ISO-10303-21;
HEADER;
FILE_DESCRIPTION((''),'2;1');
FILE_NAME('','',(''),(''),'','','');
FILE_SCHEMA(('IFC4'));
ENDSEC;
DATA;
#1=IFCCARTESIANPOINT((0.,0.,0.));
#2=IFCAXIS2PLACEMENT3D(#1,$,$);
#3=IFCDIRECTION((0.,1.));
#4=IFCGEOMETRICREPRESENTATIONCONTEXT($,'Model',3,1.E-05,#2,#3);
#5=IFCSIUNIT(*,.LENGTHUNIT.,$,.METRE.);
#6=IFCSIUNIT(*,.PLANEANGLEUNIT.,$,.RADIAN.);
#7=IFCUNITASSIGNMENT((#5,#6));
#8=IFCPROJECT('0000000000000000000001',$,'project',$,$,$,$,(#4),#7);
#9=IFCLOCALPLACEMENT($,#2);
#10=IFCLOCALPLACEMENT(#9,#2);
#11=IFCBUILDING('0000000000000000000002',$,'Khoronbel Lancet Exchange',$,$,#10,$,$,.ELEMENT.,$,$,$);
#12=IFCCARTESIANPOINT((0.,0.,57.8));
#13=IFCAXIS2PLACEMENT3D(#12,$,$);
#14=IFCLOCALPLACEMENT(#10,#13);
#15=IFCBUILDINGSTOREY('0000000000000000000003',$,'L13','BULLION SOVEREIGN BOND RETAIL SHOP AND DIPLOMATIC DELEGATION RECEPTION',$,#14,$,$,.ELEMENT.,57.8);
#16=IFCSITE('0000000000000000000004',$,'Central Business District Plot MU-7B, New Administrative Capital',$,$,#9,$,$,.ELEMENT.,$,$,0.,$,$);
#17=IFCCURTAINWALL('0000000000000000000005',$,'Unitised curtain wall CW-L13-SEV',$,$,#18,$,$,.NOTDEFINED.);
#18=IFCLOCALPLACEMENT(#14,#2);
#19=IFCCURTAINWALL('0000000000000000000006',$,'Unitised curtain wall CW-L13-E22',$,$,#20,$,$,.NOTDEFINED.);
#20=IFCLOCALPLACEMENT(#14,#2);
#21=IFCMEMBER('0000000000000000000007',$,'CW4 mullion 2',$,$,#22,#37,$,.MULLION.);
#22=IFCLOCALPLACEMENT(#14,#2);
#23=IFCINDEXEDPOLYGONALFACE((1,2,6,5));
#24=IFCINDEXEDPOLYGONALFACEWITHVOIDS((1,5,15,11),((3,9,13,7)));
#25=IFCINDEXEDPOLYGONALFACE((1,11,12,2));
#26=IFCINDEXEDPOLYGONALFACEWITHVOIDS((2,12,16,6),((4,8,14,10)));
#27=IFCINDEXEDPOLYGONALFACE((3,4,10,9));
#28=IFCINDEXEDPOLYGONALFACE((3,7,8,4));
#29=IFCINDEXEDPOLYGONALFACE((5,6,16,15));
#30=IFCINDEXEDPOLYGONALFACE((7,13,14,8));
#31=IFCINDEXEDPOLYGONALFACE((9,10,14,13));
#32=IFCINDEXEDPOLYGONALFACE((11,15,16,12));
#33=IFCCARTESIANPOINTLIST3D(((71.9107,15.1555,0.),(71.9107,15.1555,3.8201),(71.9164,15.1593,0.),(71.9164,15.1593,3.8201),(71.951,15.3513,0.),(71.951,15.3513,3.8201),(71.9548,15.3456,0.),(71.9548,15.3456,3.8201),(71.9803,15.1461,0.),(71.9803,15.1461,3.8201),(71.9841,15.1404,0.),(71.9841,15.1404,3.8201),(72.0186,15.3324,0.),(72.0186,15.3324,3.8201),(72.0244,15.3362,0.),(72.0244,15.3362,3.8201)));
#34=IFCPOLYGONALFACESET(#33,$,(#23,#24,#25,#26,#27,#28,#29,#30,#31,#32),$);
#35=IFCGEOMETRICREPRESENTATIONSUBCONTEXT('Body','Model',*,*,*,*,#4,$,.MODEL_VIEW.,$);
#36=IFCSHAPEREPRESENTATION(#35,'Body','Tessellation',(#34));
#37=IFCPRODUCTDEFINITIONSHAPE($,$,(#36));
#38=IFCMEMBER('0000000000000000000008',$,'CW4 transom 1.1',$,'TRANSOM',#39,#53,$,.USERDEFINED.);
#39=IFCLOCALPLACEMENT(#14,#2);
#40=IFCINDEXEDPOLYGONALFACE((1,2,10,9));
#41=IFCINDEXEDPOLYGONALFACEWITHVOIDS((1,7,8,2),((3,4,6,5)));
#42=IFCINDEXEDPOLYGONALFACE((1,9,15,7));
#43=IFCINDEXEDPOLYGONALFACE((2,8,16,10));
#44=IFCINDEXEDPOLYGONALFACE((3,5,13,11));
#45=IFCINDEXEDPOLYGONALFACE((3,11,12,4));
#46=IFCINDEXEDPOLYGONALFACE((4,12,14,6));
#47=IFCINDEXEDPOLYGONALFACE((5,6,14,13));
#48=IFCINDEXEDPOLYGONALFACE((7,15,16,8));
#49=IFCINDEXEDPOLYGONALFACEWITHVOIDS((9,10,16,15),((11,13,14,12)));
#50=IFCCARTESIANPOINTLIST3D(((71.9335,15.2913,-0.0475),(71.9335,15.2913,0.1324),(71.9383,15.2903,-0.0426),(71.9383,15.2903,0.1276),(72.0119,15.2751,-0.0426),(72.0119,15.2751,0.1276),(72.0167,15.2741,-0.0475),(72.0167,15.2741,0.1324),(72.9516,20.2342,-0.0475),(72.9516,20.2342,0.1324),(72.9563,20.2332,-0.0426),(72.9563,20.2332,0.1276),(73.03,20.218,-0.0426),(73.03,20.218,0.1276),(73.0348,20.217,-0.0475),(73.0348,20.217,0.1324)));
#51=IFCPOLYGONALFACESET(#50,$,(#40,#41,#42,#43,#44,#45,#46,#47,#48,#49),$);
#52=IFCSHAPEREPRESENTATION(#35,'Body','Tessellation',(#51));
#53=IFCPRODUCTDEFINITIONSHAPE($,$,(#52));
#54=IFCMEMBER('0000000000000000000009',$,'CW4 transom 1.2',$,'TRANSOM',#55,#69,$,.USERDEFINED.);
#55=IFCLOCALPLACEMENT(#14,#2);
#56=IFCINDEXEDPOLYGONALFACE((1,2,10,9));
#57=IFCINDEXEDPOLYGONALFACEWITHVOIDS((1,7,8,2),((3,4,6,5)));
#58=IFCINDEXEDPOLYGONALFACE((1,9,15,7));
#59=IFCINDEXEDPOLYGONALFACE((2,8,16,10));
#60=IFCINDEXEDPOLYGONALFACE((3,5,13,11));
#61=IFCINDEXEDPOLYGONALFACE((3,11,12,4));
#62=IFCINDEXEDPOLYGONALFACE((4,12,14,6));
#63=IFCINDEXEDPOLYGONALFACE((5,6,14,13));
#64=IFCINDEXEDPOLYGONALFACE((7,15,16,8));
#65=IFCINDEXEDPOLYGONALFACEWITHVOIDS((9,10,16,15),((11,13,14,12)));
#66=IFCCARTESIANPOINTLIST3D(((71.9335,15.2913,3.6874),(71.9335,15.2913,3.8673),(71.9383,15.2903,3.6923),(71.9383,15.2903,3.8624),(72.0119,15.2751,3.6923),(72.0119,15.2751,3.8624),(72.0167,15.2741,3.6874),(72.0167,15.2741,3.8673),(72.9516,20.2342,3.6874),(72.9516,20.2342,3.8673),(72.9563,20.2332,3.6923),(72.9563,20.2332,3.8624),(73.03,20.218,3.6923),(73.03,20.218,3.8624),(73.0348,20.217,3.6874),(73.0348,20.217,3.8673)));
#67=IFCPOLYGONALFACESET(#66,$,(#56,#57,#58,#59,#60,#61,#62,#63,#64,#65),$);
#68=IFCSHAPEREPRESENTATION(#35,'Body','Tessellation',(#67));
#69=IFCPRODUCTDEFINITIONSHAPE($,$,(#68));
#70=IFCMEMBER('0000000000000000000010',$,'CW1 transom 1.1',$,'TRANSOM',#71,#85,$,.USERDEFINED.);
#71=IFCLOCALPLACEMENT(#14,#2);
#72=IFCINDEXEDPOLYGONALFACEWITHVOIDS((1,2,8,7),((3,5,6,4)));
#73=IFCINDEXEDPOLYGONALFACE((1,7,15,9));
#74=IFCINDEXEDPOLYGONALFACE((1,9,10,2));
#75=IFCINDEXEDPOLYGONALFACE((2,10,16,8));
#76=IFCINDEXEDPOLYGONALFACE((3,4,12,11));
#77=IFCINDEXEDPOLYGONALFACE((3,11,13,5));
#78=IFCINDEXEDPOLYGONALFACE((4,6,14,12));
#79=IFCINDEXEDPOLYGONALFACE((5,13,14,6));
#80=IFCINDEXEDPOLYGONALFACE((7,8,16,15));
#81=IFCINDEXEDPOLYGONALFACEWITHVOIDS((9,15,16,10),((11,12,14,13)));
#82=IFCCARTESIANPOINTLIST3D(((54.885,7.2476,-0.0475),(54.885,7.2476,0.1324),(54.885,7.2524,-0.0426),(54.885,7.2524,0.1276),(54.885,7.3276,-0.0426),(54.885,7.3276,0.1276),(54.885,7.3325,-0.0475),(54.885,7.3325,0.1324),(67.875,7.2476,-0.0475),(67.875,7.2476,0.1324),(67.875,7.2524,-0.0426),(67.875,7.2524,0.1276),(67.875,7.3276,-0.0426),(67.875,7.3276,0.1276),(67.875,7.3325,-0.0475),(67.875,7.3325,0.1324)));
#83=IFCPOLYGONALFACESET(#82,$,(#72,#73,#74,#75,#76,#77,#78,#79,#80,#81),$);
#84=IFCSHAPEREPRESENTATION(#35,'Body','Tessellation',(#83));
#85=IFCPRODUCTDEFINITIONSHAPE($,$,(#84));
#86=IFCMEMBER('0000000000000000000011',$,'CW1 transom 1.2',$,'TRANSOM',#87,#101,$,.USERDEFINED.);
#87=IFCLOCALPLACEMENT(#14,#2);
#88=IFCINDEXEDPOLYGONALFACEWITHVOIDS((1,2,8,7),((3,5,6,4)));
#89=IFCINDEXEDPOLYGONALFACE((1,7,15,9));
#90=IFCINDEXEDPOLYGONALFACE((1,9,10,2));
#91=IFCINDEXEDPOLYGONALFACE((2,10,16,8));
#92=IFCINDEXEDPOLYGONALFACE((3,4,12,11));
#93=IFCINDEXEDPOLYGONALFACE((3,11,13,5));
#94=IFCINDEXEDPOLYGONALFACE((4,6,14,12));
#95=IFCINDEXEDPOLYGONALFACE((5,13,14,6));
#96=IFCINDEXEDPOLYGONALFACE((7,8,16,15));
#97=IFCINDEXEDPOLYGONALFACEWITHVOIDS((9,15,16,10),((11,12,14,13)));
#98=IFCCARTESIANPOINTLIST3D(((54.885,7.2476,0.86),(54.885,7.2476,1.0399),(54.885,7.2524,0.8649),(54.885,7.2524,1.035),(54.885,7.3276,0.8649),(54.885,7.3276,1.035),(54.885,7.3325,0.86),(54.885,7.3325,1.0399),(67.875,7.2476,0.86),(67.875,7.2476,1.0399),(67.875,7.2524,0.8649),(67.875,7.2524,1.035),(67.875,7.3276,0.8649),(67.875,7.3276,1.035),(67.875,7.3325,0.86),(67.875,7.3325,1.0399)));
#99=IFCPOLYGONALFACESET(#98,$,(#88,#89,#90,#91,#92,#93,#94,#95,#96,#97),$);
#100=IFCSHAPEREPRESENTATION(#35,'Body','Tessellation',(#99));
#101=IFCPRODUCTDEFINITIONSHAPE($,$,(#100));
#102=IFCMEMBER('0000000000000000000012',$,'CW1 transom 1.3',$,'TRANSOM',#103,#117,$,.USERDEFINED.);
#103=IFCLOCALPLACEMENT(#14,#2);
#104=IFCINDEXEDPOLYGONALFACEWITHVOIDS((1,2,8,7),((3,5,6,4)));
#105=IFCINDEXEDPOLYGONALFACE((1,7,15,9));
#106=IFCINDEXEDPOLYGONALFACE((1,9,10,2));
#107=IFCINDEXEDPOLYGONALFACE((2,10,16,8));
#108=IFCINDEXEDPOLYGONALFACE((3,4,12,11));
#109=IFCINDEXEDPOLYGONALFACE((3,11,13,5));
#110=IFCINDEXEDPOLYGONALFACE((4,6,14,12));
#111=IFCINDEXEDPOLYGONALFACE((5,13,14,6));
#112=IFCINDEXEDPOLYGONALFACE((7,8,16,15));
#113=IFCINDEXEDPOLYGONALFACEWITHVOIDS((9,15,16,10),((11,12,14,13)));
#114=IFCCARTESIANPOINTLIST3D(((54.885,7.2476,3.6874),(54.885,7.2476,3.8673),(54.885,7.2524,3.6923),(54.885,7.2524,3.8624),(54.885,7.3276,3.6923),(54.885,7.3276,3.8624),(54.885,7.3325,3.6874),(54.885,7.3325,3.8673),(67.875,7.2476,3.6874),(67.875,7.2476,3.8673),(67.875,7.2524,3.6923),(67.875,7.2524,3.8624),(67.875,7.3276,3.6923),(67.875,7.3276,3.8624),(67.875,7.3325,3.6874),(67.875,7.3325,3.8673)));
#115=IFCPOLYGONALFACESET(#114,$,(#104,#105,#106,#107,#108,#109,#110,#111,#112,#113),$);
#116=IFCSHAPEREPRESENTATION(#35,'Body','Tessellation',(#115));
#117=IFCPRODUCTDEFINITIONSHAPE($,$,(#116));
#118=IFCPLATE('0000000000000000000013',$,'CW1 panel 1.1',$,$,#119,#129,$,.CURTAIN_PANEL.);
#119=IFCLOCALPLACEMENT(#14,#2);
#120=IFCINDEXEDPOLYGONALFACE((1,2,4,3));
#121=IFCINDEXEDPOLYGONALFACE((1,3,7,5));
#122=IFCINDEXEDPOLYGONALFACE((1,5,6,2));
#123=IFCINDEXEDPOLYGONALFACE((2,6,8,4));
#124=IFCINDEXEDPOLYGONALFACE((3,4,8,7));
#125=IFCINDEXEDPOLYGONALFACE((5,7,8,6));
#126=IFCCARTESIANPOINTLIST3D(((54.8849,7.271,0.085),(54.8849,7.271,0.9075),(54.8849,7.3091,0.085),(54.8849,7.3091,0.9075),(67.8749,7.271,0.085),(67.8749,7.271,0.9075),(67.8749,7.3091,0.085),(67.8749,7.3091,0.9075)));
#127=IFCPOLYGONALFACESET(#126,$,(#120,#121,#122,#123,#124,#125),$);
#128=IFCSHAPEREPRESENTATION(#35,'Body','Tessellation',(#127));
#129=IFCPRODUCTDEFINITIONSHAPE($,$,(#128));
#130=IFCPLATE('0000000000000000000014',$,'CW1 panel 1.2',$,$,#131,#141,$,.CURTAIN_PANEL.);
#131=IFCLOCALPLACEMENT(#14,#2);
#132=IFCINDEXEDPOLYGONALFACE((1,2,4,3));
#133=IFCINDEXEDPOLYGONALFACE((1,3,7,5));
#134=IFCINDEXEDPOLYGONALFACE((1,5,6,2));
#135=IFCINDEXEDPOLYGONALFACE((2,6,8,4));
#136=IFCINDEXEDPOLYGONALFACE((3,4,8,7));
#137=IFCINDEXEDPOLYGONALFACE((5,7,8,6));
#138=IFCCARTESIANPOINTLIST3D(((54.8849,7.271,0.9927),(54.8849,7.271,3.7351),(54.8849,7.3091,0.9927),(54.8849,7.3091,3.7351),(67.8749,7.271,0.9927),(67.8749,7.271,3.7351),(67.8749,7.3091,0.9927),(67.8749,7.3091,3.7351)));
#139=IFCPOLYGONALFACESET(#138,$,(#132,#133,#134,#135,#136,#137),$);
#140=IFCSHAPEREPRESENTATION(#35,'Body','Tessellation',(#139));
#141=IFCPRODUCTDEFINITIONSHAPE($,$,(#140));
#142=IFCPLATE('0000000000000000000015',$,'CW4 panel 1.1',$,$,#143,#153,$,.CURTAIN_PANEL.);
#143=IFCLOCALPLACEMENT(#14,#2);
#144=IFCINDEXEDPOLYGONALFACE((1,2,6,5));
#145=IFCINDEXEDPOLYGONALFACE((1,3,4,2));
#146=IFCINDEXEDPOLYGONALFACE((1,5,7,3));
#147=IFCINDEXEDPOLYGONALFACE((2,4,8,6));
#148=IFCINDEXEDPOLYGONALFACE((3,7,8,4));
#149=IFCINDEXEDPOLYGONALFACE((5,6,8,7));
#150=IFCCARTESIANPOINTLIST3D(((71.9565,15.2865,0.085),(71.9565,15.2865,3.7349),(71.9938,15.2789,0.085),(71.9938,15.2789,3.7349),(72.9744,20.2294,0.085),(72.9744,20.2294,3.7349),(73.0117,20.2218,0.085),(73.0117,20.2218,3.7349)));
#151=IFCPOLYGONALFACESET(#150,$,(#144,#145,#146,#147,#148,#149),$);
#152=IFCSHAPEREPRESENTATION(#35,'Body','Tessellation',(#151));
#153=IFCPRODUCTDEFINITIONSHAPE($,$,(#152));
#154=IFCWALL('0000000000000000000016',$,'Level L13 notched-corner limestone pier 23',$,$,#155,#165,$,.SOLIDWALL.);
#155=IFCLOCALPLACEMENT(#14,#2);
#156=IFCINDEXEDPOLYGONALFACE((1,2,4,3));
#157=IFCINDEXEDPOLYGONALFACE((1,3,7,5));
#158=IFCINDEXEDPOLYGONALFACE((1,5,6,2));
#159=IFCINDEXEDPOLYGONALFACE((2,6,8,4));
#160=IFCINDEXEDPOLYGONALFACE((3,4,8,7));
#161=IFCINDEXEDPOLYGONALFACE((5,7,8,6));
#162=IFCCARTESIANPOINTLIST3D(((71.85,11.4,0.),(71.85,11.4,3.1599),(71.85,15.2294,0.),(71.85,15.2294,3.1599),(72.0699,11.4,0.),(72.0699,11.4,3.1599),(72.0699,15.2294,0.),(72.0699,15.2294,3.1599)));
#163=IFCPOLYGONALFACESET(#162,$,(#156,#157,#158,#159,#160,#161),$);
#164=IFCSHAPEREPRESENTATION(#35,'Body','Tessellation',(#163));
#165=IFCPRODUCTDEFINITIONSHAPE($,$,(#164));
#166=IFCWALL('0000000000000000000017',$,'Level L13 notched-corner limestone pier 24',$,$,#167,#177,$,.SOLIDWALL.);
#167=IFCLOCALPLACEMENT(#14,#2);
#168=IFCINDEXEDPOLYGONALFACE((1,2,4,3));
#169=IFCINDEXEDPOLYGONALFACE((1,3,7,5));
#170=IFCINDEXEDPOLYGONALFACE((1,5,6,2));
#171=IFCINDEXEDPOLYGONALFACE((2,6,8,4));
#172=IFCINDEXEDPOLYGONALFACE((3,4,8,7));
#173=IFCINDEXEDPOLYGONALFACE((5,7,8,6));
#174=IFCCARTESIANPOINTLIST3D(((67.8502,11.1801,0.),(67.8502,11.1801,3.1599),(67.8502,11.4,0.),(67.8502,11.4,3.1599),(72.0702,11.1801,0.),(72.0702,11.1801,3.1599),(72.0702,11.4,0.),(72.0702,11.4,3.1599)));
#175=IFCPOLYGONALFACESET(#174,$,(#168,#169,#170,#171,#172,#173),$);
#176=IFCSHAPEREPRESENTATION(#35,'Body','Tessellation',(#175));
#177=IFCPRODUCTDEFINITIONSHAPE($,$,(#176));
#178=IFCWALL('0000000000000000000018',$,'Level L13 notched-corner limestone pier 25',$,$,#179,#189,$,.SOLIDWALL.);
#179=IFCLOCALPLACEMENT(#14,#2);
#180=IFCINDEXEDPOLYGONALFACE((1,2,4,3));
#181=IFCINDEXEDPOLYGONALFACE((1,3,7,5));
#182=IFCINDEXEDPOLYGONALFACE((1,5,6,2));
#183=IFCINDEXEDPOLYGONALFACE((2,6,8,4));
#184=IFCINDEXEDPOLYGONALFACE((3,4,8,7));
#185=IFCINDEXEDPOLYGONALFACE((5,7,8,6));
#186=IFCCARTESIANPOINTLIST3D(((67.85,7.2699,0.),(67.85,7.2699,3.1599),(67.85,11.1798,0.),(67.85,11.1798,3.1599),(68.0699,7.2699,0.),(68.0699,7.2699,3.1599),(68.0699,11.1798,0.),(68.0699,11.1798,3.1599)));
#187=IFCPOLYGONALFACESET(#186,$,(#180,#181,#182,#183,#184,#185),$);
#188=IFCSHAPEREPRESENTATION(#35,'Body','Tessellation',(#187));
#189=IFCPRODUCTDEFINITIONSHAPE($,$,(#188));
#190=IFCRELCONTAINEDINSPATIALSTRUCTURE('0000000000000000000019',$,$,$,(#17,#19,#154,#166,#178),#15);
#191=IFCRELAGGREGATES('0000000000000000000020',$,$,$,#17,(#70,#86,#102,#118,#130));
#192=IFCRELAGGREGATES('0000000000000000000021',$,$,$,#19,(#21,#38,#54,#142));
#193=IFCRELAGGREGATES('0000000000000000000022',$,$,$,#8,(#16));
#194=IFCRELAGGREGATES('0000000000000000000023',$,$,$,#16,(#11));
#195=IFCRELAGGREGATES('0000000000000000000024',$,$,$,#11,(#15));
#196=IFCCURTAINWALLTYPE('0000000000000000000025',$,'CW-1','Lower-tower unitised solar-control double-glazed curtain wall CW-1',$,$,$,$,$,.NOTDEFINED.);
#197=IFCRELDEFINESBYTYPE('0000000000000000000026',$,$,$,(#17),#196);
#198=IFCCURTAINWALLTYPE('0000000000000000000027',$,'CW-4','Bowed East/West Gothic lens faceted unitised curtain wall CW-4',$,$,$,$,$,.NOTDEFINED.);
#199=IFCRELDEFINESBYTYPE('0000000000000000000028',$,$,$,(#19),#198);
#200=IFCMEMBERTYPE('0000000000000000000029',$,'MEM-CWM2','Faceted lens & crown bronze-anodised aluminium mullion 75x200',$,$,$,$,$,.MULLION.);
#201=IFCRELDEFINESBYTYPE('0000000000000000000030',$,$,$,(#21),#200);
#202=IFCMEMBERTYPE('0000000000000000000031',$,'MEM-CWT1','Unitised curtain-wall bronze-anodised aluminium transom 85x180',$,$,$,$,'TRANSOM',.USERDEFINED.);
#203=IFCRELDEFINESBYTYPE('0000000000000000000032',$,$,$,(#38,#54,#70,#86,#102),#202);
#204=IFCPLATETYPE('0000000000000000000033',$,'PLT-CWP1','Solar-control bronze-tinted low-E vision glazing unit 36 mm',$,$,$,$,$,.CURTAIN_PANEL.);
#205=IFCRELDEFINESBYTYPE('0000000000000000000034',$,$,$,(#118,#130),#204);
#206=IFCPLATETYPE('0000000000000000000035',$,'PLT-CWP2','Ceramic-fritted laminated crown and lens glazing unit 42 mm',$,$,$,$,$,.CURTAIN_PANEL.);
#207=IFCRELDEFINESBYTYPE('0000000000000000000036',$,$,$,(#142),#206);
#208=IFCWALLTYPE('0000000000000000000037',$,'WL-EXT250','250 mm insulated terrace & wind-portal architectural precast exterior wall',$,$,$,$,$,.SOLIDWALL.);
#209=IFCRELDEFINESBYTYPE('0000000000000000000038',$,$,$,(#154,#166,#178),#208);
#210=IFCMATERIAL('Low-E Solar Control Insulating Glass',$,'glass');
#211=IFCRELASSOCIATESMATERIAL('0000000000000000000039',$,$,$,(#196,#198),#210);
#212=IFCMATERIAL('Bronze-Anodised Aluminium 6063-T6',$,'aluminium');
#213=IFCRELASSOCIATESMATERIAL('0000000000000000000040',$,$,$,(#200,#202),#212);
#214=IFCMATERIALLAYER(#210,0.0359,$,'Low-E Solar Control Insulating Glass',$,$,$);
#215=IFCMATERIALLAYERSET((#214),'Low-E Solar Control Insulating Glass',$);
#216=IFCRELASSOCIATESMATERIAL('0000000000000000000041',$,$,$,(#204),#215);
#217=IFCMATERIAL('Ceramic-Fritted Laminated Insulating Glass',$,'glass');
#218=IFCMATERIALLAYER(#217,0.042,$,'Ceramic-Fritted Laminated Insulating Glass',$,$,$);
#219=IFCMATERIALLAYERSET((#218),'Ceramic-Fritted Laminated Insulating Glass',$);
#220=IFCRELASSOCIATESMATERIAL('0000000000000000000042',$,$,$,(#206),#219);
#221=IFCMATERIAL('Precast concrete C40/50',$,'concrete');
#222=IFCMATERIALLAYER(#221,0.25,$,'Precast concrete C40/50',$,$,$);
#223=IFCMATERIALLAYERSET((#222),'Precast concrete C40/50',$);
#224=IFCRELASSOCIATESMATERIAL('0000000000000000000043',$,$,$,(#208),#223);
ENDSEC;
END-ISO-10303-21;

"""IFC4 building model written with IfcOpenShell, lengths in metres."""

from ifc_helpers import new_model, si_unit, direction, frame, frame_2d, origin, origin_2d, place, context, subcontext, project, spatial, rectangle, hollow_rectangle, extrude, material, layer, layer_set, material_profile, profile_set, type_object, element, aggregate, save


model = new_model("IFC4")

# Units and contexts
model_context = context("Model", 3, precision=1e-05, world=origin(), true_north=direction((0.0, 1.0)))
body_context = subcontext(model_context, "Body", "Model", "MODEL_VIEW")
ifc_project = project(units=[si_unit("LENGTHUNIT", "METRE"), si_unit("PLANEANGLEUNIT", "RADIAN")], contexts=[model_context])

# Site, building, storey
site_placement = place(None, origin())
site = spatial("IfcSite", under=ifc_project, at=site_placement, Name="Central Business District Plot MU-7B, New Administrative Capital", CompositionType="ELEMENT", RefElevation=0.0)
building_placement = place(site_placement, origin())
building = spatial("IfcBuilding", under=site, at=building_placement, Name="Khoronbel Lancet Exchange", CompositionType="ELEMENT")
storey_placement = place(building_placement, frame((0.0, 0.0, 57.8)))
storey = spatial("IfcBuildingStorey", under=building, at=storey_placement, Name="L13", Description="BULLION SOVEREIGN BOND RETAIL SHOP AND DIPLOMATIC DELEGATION RECEPTION", CompositionType="ELEMENT", Elevation=57.8)

# Shared definitions
ifc_material_1 = material(Name="Low-E Solar Control Insulating Glass", Category="glass")
curtain_wall_type_1 = type_object("IfcCurtainWallType", Name="CW-1", Description="Lower-tower unitised solar-control double-glazed curtain wall CW-1", PredefinedType="NOTDEFINED", material=ifc_material_1)
ifc_material_2 = material(Name="Bronze-Anodised Aluminium 6063-T6", Category="aluminium")

# Curtain wall
curtain_wall_1_placement = place(storey_placement, origin())
curtain_wall_1 = element("IfcCurtainWall", 1, at=curtain_wall_1_placement, inside=storey, type_object=curtain_wall_type_1, Name="Unitised curtain wall CW-L13-SEV", PredefinedType="NOTDEFINED")

# Shared definitions
curtain_wall_type_2 = type_object("IfcCurtainWallType", Name="CW-4", Description="Bowed East/West Gothic lens faceted unitised curtain wall CW-4", PredefinedType="NOTDEFINED", material=ifc_material_1)
ifc_material_profile_1 = material_profile(ifc_material_2, hollow_rectangle(XDim=0.075, YDim=0.2, WallThickness=0.0049, at=origin_2d()), Name="ALU MULLION 75x200")
ifc_profile_set_1 = profile_set([ifc_material_profile_1], Name="Bronze-Anodised Aluminium 6063-T6")
member_type_1 = type_object("IfcMemberType", Name="MEM-CWM2", Description="Faceted lens & crown bronze-anodised aluminium mullion 75x200", PredefinedType="MULLION", material=ifc_profile_set_1)

# Curtain wall, members
curtain_wall_2_placement = place(storey_placement, origin())
curtain_wall_2 = element("IfcCurtainWall", 2, at=curtain_wall_2_placement, inside=storey, type_object=curtain_wall_type_2, Name="Unitised curtain wall CW-L13-E22", PredefinedType="NOTDEFINED")
member_1_placement = place(storey_placement, frame((71.9675, 15.2458, 0.0), z_axis=(0.0, 0.0, 1.0), x_axis=(0.979446, -0.201705, 0.0)))
member_1 = element("IfcMember", 3, at=member_1_placement, type_object=member_type_1, Name="CW4 mullion 2", PredefinedType="MULLION", context=body_context, shape_type="SweptSolid", body=[
    extrude(hollow_rectangle(XDim=0.075, YDim=0.2, WallThickness=0.0049, at=origin_2d()), origin(), (0.0, 0.0, 1.0), 3.8201),
])
ifc_material_profile_2 = material_profile(ifc_material_2, hollow_rectangle(XDim=0.085, YDim=0.1799, WallThickness=0.0049, at=origin_2d()), Name="ALU TRANSOM 85x180")
ifc_profile_set_2 = profile_set([ifc_material_profile_2], Name="Bronze-Anodised Aluminium 6063-T6")
member_type_2 = type_object("IfcMemberType", Name="MEM-CWT1", Description="Unitised curtain-wall bronze-anodised aluminium transom 85x180", ElementType="TRANSOM", PredefinedType="USERDEFINED", material=ifc_profile_set_2)
member_2_placement = place(storey_placement, frame((72.9932, 20.2256, 0.0425), z_axis=(-0.201732, -0.979441, 0.0), x_axis=(0.979441, -0.201732, 0.0)))
member_2 = element("IfcMember", 4, at=member_2_placement, type_object=member_type_2, Name="CW4 transom 1.1", ObjectType="TRANSOM", PredefinedType="USERDEFINED", context=body_context, shape_type="SweptSolid", body=[
    extrude(hollow_rectangle(XDim=0.085, YDim=0.1799, WallThickness=0.0049, at=origin_2d()), origin(), (0.0, 0.0, 1.0), 5.0466),
])
member_3_placement = place(storey_placement, frame((72.9932, 20.2256, 3.7773), z_axis=(-0.201732, -0.979441, 0.0), x_axis=(0.979441, -0.201732, 0.0)))
member_3 = element("IfcMember", 5, at=member_3_placement, type_object=member_type_2, Name="CW4 transom 1.2", ObjectType="TRANSOM", PredefinedType="USERDEFINED", context=body_context, shape_type="SweptSolid", body=[
    extrude(hollow_rectangle(XDim=0.085, YDim=0.1799, WallThickness=0.0049, at=origin_2d()), origin(), (0.0, 0.0, 1.0), 5.0466),
])

# Members
member_4_placement = place(storey_placement, frame((54.885, 7.29, 0.0425), z_axis=(1.0, 0.0, 0.0), x_axis=(0.0, 1.0, 0.0)))
member_4 = element("IfcMember", 6, at=member_4_placement, type_object=member_type_2, Name="CW1 transom 1.1", ObjectType="TRANSOM", PredefinedType="USERDEFINED", context=body_context, shape_type="SweptSolid", body=[
    extrude(hollow_rectangle(XDim=0.085, YDim=0.1799, WallThickness=0.0049, at=origin_2d()), origin(), (0.0, 0.0, 1.0), 12.99),
])
member_5_placement = place(storey_placement, frame((54.885, 7.29, 0.95), z_axis=(1.0, 0.0, 0.0), x_axis=(0.0, 1.0, 0.0)))
member_5 = element("IfcMember", 7, at=member_5_placement, type_object=member_type_2, Name="CW1 transom 1.2", ObjectType="TRANSOM", PredefinedType="USERDEFINED", context=body_context, shape_type="SweptSolid", body=[
    extrude(hollow_rectangle(XDim=0.085, YDim=0.1799, WallThickness=0.0049, at=origin_2d()), origin(), (0.0, 0.0, 1.0), 12.99),
])
member_6_placement = place(storey_placement, frame((54.885, 7.29, 3.7773), z_axis=(1.0, 0.0, 0.0), x_axis=(0.0, 1.0, 0.0)))
member_6 = element("IfcMember", 8, at=member_6_placement, type_object=member_type_2, Name="CW1 transom 1.3", ObjectType="TRANSOM", PredefinedType="USERDEFINED", context=body_context, shape_type="SweptSolid", body=[
    extrude(hollow_rectangle(XDim=0.085, YDim=0.1799, WallThickness=0.0049, at=origin_2d()), origin(), (0.0, 0.0, 1.0), 12.99),
])

# Plates
ifc_layer_1 = layer(ifc_material_1, 0.0359, Name="Low-E Solar Control Insulating Glass")
ifc_layer_set_1 = layer_set([ifc_layer_1], Name="Low-E Solar Control Insulating Glass")
plate_type_1 = type_object("IfcPlateType", Name="PLT-CWP1", Description="Solar-control bronze-tinted low-E vision glazing unit 36 mm", PredefinedType="CURTAIN_PANEL", material=ifc_layer_set_1)
plate_1_placement = place(storey_placement, frame((61.3799, 7.29, 0.085), z_axis=(0.0, 0.0, 1.0), x_axis=(1.0, 0.0, 0.0)))
plate_1 = element("IfcPlate", 9, at=plate_1_placement, type_object=plate_type_1, Name="CW1 panel 1.1", PredefinedType="CURTAIN_PANEL", context=body_context, shape_type="SweptSolid", body=[
    extrude(rectangle(XDim=12.99, YDim=0.0381, at=origin_2d()), origin(), (0.0, 0.0, 1.0), 0.8225),
])
plate_2_placement = place(storey_placement, frame((61.3799, 7.29, 0.9927), z_axis=(0.0, 0.0, 1.0), x_axis=(1.0, 0.0, 0.0)))
plate_2 = element("IfcPlate", 10, at=plate_2_placement, type_object=plate_type_1, Name="CW1 panel 1.2", PredefinedType="CURTAIN_PANEL", context=body_context, shape_type="SweptSolid", body=[
    extrude(rectangle(XDim=12.99, YDim=0.0381, at=origin_2d()), origin(), (0.0, 0.0, 1.0), 2.7424),
])
aggregate(curtain_wall_1, [member_4, member_5, member_6, plate_1, plate_2])
ifc_material_3 = material(Name="Ceramic-Fritted Laminated Insulating Glass", Category="glass")
ifc_layer_2 = layer(ifc_material_3, 0.042, Name="Ceramic-Fritted Laminated Insulating Glass")
ifc_layer_set_2 = layer_set([ifc_layer_2], Name="Ceramic-Fritted Laminated Insulating Glass")
plate_type_2 = type_object("IfcPlateType", Name="PLT-CWP2", Description="Ceramic-fritted laminated crown and lens glazing unit 42 mm", PredefinedType="CURTAIN_PANEL", material=ifc_layer_set_2)
plate_3_placement = place(storey_placement, frame((72.4841, 17.7542, 0.085), z_axis=(0.0, 0.0, 1.0), x_axis=(-0.201705, -0.979446, 0.0)))
plate_3 = element("IfcPlate", 11, at=plate_3_placement, type_object=plate_type_2, Name="CW4 panel 1.1", PredefinedType="CURTAIN_PANEL", context=body_context, shape_type="SweptSolid", body=[
    extrude(rectangle(XDim=5.0466, YDim=0.0381, at=origin_2d()), origin(), (0.0, 0.0, 1.0), 3.6499),
])
aggregate(curtain_wall_2, [member_1, member_2, member_3, plate_3])

# Walls
ifc_material_4 = material(Name="Precast concrete C40/50", Category="concrete")
ifc_layer_3 = layer(ifc_material_4, 0.25, Name="Precast concrete C40/50")
ifc_layer_set_3 = layer_set([ifc_layer_3], Name="Precast concrete C40/50")
wall_type_1 = type_object("IfcWallType", Name="WL-EXT250", Description="250 mm insulated terrace & wind-portal architectural precast exterior wall", PredefinedType="SOLIDWALL", material=ifc_layer_set_3)
wall_1_placement = place(storey_placement, frame((71.96, 15.2292, 0.0), z_axis=(0.0, 0.0, 1.0), x_axis=(0.0, -1.0, 0.0)))
element("IfcWall", 12, at=wall_1_placement, inside=storey, type_object=wall_type_1, Name="Level L13 notched-corner limestone pier 23", PredefinedType="SOLIDWALL", context=body_context, shape_type="SweptSolid", body=[
    extrude(rectangle(XDim=3.8293, YDim=0.22, at=frame_2d((1.9146, 0.0))), origin(), (0.0, 0.0, 1.0), 3.1599),
])
wall_2_placement = place(storey_placement, frame((72.0701, 11.29, 0.0), z_axis=(0.0, 0.0, 1.0), x_axis=(-1.0, 0.0, 0.0)))
element("IfcWall", 13, at=wall_2_placement, inside=storey, type_object=wall_type_1, Name="Level L13 notched-corner limestone pier 24", PredefinedType="SOLIDWALL", context=body_context, shape_type="SweptSolid", body=[
    extrude(rectangle(XDim=4.22, YDim=0.22, at=frame_2d((2.1099, 0.0))), origin(), (0.0, 0.0, 1.0), 3.1599),
])
wall_3_placement = place(storey_placement, frame((67.96, 11.1799, 0.0), z_axis=(0.0, 0.0, 1.0), x_axis=(0.0, -1.0, 0.0)))
element("IfcWall", 14, at=wall_3_placement, inside=storey, type_object=wall_type_1, Name="Level L13 notched-corner limestone pier 25", PredefinedType="SOLIDWALL", context=body_context, shape_type="SweptSolid", body=[
    extrude(rectangle(XDim=3.9099, YDim=0.22, at=frame_2d((1.9551, 0.0))), origin(), (0.0, 0.0, 1.0), 3.1599),
])

save(model, "model.ifc")
